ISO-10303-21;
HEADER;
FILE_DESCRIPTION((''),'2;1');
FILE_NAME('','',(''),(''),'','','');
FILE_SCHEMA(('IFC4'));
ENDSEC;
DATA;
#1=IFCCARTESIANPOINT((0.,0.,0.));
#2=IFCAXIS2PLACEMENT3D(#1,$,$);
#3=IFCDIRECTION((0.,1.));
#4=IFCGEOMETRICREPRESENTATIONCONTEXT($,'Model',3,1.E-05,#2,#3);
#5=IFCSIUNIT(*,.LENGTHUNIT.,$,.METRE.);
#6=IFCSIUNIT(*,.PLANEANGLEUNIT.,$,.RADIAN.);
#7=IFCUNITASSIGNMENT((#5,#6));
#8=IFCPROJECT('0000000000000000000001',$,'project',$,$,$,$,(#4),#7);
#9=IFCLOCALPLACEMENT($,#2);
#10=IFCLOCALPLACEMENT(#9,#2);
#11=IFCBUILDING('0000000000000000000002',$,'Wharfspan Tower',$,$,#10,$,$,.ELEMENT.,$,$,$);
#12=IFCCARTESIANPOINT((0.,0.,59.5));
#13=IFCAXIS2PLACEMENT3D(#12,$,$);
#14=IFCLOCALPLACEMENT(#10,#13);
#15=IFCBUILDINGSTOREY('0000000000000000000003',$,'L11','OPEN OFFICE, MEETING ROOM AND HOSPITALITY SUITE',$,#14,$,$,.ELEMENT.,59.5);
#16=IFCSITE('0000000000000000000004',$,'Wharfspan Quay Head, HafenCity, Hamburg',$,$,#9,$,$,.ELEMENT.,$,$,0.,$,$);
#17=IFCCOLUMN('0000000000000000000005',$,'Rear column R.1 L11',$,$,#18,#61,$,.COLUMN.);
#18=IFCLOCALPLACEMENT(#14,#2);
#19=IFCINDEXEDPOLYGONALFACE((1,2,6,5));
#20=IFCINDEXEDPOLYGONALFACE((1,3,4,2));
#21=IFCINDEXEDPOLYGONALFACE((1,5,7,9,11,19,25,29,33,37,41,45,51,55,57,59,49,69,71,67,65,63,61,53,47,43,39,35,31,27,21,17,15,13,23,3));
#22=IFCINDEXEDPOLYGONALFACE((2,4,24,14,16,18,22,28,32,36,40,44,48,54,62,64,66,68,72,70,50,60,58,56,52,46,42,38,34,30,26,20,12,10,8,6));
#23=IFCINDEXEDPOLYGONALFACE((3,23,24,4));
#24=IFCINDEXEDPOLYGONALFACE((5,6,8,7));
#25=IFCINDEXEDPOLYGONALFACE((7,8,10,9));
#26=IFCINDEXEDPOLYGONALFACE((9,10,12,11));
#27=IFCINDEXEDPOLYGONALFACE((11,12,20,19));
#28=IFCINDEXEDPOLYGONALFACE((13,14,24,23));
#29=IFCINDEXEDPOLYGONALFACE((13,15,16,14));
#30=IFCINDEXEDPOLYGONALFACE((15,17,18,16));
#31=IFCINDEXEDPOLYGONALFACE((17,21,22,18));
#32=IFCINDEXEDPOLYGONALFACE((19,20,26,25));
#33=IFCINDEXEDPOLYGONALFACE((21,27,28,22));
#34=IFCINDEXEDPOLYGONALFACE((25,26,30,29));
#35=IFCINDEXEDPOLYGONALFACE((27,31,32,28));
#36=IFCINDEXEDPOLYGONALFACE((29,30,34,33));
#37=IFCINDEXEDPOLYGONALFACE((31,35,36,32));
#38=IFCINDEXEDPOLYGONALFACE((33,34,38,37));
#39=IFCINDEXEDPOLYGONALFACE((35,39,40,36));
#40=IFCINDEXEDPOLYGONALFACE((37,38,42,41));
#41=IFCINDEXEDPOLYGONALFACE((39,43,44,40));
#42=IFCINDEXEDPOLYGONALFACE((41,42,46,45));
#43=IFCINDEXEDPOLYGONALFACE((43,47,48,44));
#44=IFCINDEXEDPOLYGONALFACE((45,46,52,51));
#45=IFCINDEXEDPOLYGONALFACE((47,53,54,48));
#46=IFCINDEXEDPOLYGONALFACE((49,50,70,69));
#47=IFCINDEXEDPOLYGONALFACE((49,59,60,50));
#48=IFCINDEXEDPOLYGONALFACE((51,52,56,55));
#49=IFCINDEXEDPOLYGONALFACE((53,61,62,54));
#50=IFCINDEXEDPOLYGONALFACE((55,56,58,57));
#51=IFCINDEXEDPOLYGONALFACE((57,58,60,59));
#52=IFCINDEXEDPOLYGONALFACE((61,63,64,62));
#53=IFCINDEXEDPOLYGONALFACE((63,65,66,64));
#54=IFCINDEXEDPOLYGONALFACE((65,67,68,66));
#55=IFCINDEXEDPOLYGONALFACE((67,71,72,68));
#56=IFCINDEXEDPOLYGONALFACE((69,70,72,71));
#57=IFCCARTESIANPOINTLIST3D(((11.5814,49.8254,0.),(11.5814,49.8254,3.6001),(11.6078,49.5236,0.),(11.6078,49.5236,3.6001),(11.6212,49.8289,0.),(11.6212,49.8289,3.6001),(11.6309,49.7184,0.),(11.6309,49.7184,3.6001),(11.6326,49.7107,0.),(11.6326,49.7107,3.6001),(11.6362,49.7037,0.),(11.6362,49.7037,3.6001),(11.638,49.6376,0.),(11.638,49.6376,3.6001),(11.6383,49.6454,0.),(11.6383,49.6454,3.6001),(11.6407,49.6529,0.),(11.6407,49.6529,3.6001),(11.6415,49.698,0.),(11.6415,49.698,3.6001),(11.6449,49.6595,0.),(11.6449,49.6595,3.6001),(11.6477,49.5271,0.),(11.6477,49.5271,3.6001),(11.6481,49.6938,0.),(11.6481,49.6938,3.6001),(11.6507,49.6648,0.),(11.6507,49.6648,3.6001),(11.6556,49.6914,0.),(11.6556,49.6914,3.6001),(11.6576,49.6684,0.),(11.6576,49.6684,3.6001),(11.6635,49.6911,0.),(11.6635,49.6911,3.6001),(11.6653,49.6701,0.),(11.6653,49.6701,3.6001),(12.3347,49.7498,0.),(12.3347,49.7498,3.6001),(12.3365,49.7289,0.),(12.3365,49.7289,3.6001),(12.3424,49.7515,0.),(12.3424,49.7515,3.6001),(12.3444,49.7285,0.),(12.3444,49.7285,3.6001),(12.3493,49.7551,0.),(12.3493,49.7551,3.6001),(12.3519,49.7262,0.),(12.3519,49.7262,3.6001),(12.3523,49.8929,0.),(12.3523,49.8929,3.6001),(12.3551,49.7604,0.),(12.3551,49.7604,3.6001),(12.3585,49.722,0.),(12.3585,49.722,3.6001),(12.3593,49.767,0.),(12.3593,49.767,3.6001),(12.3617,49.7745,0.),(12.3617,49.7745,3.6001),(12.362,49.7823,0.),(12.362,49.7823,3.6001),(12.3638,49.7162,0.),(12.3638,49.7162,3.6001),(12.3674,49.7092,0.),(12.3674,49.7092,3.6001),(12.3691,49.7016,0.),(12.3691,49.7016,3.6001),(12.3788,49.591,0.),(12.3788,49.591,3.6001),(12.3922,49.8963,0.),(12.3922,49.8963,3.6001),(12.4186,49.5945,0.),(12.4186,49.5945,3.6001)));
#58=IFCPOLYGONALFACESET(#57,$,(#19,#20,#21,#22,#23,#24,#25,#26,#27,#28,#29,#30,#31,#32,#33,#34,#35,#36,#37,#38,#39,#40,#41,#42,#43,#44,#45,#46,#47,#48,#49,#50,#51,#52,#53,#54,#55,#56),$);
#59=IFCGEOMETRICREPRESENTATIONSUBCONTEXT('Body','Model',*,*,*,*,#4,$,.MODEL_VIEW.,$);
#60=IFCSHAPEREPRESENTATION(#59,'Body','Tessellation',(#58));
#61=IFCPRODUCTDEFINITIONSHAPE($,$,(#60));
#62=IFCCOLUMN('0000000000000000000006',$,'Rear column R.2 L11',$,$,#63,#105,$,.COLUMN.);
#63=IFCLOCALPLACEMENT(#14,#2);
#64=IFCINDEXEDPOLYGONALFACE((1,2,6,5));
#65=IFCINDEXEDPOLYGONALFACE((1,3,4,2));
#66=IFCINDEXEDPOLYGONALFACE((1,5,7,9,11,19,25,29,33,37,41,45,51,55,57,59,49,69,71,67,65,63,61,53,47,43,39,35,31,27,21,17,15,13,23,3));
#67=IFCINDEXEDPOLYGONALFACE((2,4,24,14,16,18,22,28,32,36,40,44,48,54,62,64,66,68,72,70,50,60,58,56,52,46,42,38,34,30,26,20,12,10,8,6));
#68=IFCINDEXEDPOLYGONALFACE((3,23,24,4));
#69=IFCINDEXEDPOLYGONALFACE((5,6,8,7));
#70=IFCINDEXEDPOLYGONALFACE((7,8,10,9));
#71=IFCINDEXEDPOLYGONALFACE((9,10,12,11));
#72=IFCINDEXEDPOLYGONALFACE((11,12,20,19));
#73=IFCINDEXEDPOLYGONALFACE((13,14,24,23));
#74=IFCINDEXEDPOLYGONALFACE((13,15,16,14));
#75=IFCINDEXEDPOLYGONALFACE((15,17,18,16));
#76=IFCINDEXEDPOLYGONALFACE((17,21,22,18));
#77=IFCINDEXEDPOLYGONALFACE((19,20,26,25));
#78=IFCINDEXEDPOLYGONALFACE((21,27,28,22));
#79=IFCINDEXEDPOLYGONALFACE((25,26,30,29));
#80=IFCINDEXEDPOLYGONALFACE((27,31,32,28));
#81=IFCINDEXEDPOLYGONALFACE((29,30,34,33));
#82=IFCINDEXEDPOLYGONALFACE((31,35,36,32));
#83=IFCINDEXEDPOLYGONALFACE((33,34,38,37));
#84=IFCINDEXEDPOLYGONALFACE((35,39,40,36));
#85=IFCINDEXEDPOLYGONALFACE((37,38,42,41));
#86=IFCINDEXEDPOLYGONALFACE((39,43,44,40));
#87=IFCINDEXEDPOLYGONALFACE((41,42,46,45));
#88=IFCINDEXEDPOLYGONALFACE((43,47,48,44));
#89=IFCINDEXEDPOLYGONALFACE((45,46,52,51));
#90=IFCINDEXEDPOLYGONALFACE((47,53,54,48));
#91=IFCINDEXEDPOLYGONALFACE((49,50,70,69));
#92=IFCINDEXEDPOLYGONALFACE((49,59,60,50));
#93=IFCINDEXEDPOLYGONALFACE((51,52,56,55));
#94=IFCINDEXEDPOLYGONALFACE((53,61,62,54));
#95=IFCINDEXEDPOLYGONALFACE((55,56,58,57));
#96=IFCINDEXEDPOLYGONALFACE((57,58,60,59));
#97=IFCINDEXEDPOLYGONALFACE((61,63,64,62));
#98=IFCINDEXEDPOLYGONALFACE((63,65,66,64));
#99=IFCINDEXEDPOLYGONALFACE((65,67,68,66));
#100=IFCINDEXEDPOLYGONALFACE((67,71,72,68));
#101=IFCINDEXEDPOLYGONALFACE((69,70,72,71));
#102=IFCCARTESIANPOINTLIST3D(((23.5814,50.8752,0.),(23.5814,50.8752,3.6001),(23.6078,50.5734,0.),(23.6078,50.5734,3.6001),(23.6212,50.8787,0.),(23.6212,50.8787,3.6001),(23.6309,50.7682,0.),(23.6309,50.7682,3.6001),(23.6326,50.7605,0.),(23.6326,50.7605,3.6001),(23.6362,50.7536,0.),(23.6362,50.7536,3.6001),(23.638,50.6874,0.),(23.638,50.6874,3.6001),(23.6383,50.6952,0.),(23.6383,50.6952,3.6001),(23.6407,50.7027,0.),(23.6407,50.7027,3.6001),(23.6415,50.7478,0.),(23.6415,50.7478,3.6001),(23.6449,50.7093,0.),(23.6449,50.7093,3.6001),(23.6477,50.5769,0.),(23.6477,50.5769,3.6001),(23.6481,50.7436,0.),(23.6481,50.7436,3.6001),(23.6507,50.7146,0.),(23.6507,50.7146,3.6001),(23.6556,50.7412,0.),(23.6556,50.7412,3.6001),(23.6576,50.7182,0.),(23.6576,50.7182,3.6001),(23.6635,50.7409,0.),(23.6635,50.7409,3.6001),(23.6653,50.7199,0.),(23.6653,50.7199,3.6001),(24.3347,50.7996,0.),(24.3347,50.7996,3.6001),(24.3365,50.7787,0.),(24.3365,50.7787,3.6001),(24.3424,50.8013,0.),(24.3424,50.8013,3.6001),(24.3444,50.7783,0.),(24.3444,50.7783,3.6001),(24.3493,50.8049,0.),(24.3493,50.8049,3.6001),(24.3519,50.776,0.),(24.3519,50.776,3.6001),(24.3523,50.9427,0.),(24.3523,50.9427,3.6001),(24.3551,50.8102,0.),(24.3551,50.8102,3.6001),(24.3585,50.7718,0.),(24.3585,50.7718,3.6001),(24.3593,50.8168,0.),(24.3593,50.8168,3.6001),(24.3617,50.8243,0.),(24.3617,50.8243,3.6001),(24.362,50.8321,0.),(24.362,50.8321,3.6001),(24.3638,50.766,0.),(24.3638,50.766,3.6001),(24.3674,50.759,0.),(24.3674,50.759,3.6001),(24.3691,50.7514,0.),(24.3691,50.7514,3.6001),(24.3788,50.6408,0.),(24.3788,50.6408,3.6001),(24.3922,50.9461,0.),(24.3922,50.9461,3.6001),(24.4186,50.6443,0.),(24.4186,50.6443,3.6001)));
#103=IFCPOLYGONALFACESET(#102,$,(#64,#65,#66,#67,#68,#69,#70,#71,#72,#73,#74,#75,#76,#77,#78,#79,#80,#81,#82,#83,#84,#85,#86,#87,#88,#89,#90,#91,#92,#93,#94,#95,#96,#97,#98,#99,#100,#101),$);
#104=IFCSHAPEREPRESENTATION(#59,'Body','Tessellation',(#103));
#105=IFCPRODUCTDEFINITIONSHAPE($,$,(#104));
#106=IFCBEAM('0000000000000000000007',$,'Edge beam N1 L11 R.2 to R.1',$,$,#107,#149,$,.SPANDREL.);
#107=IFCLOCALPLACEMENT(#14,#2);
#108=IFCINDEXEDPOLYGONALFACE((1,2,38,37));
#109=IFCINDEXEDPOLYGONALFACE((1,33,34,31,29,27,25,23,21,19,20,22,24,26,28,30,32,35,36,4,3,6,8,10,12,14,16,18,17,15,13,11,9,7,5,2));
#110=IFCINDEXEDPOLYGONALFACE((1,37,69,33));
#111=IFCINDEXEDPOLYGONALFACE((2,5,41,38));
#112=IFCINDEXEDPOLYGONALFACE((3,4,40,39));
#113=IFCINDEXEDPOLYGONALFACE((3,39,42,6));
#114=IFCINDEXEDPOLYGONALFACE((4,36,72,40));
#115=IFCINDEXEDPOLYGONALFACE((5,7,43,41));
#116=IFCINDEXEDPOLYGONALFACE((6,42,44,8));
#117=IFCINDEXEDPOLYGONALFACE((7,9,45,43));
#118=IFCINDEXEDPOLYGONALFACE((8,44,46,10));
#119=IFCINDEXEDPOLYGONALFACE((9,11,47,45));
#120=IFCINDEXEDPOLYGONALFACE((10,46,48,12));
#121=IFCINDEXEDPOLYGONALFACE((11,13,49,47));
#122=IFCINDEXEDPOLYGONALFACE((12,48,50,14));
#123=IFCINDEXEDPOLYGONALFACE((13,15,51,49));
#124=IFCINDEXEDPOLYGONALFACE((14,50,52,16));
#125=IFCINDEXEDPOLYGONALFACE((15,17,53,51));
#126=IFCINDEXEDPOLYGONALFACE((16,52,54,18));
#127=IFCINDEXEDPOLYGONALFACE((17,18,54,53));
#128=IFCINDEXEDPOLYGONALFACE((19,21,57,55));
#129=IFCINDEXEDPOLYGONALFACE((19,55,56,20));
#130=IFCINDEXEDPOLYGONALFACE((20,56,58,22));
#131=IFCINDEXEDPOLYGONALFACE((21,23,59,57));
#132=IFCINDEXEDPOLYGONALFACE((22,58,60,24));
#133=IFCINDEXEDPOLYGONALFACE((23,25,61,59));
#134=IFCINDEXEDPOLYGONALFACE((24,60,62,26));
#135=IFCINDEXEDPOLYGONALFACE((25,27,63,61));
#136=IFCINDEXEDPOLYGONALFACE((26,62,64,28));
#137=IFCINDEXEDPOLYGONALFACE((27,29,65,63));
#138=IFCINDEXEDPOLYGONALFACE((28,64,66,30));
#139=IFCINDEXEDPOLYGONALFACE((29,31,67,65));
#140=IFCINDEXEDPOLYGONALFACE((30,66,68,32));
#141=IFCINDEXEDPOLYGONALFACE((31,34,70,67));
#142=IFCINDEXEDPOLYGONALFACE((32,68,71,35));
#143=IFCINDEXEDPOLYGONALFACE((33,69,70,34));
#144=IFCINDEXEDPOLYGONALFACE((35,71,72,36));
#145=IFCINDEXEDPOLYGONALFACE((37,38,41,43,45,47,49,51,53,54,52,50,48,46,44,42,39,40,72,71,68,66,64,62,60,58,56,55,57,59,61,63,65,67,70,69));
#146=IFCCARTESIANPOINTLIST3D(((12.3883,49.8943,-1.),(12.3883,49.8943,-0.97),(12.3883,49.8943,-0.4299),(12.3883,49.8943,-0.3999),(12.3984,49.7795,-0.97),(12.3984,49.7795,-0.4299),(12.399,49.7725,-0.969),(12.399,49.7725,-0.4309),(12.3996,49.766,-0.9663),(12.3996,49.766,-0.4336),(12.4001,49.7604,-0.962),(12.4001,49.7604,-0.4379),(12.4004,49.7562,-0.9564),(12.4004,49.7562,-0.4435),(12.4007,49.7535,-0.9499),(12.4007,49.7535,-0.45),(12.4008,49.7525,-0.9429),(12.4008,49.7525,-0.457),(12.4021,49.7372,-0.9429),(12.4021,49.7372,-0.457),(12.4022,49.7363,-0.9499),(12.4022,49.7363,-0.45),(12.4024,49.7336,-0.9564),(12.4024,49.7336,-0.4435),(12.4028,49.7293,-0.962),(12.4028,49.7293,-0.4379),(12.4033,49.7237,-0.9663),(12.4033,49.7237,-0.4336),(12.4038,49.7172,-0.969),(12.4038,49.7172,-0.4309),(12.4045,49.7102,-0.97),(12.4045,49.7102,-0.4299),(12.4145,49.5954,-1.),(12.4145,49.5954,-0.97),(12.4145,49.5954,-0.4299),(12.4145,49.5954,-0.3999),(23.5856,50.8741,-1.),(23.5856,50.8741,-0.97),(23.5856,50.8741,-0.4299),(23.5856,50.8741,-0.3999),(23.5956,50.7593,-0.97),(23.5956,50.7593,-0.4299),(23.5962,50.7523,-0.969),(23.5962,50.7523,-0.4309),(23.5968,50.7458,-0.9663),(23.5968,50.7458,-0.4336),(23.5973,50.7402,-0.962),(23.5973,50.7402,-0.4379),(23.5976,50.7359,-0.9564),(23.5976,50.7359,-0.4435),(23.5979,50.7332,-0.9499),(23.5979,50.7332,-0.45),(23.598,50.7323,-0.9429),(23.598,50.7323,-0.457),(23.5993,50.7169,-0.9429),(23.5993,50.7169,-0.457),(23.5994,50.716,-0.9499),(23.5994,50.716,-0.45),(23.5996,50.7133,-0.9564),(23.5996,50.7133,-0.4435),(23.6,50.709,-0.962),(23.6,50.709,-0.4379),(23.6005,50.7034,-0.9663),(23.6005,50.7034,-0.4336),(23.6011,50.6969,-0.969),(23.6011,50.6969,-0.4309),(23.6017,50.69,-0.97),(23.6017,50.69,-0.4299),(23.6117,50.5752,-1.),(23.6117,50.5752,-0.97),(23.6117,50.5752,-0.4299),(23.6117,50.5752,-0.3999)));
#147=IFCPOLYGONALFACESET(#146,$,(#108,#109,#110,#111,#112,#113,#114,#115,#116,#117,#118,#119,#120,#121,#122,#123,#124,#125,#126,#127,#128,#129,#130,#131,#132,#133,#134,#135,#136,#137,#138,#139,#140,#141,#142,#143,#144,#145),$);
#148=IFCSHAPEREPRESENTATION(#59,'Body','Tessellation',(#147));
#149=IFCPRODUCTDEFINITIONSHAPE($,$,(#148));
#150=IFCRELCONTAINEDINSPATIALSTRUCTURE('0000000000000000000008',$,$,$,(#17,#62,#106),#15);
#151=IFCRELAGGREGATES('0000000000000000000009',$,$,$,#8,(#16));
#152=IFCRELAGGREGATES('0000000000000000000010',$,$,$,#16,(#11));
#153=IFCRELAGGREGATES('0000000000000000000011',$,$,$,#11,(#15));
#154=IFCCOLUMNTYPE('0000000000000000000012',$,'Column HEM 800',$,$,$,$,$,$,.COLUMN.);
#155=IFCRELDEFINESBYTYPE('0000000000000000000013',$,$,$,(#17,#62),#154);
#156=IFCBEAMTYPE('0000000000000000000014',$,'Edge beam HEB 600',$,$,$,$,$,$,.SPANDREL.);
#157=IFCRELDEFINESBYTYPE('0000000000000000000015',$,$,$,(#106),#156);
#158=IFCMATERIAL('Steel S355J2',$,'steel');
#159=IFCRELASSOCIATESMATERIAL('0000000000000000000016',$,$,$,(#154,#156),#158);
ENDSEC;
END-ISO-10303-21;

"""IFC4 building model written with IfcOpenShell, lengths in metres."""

from ifc_helpers import new_model, si_unit, direction, frame, origin, origin_2d, place, context, subcontext, project, spatial, i_section, extrude, material, material_profile, profile_set, type_object, element, save


model = new_model("IFC4")

# Units and contexts
model_context = context("Model", 3, precision=1e-05, world=origin(), true_north=direction((0.0, 1.0)))
body_context = subcontext(model_context, "Body", "Model", "MODEL_VIEW")
ifc_project = project(units=[si_unit("LENGTHUNIT", "METRE"), si_unit("PLANEANGLEUNIT", "RADIAN")], contexts=[model_context])

# Site, building, storey
site_placement = place(None, origin())
site = spatial("IfcSite", under=ifc_project, at=site_placement, Name="Wharfspan Quay Head, HafenCity, Hamburg", CompositionType="ELEMENT", RefElevation=0.0)
building_placement = place(site_placement, origin())
building = spatial("IfcBuilding", under=site, at=building_placement, Name="Wharfspan Tower", CompositionType="ELEMENT")
storey_placement = place(building_placement, frame((0.0, 0.0, 59.5)))
storey = spatial("IfcBuildingStorey", under=building, at=storey_placement, Name="L11", Description="OPEN OFFICE, MEETING ROOM AND HOSPITALITY SUITE", CompositionType="ELEMENT", Elevation=59.5)

# Columns
ifc_material_1 = material(Name="Steel S355J2", Category="steel")
ifc_material_profile_1 = material_profile(ifc_material_1, i_section(OverallWidth=0.303, OverallDepth=0.814, WebThickness=0.021, FlangeThickness=0.04, FilletRadius=0.03, at=origin_2d()))
ifc_profile_set_1 = profile_set([ifc_material_profile_1], Name="Steel S355J2")
column_type = type_object("IfcColumnType", Name="Column HEM 800", PredefinedType="COLUMN", material=ifc_profile_set_1)
for number, where, z_axis, x_axis, name in (
    (1, (12.0, 49.71, 0.0), (0.0, 0.0, 1.0), (-0.087156, 0.996197, 0.0), "Rear column R.1 L11"),
    (2, (24.0, 50.7598, 0.0), (0.0, 0.0, 1.0), (-0.087156, 0.996197, 0.0), "Rear column R.2 L11"),
):
    element("IfcColumn", number, at=place(storey_placement, frame(where, z_axis=z_axis, x_axis=x_axis)), inside=storey, type_object=column_type, Name=name, PredefinedType="COLUMN", context=body_context, shape_type="SweptSolid", body=[
        extrude(i_section(OverallWidth=0.303, OverallDepth=0.814, WebThickness=0.021, FlangeThickness=0.04, FilletRadius=0.03, at=origin_2d()), origin(), (0.0, 0.0, 1.0), 3.6001),
    ])

# Beam
ifc_material_profile_2 = material_profile(ifc_material_1, i_section(OverallWidth=0.3, OverallDepth=0.6001, WebThickness=0.0154, FlangeThickness=0.03, FilletRadius=0.0271, at=origin_2d()))
ifc_profile_set_2 = profile_set([ifc_material_profile_2], Name="Steel S355J2")
beam_type = type_object("IfcBeamType", Name="Edge beam HEB 600", PredefinedType="SPANDREL", material=ifc_profile_set_2)
beam_placement = place(storey_placement, frame((23.5986, 50.7246, -0.7), z_axis=(-0.996194, -0.087165, 0.0), x_axis=(0.087165, -0.996194, 0.0)))
element("IfcBeam", 3, at=beam_placement, inside=storey, type_object=beam_type, Name="Edge beam N1 L11 R.2 to R.1", PredefinedType="SPANDREL", context=body_context, shape_type="SweptSolid", body=[
    extrude(i_section(OverallWidth=0.3, OverallDepth=0.6001, WebThickness=0.0154, FlangeThickness=0.03, FilletRadius=0.0271, at=origin_2d()), origin(), (0.0, 0.0, 1.0), 11.24),
])

save(model, "model.ifc")
